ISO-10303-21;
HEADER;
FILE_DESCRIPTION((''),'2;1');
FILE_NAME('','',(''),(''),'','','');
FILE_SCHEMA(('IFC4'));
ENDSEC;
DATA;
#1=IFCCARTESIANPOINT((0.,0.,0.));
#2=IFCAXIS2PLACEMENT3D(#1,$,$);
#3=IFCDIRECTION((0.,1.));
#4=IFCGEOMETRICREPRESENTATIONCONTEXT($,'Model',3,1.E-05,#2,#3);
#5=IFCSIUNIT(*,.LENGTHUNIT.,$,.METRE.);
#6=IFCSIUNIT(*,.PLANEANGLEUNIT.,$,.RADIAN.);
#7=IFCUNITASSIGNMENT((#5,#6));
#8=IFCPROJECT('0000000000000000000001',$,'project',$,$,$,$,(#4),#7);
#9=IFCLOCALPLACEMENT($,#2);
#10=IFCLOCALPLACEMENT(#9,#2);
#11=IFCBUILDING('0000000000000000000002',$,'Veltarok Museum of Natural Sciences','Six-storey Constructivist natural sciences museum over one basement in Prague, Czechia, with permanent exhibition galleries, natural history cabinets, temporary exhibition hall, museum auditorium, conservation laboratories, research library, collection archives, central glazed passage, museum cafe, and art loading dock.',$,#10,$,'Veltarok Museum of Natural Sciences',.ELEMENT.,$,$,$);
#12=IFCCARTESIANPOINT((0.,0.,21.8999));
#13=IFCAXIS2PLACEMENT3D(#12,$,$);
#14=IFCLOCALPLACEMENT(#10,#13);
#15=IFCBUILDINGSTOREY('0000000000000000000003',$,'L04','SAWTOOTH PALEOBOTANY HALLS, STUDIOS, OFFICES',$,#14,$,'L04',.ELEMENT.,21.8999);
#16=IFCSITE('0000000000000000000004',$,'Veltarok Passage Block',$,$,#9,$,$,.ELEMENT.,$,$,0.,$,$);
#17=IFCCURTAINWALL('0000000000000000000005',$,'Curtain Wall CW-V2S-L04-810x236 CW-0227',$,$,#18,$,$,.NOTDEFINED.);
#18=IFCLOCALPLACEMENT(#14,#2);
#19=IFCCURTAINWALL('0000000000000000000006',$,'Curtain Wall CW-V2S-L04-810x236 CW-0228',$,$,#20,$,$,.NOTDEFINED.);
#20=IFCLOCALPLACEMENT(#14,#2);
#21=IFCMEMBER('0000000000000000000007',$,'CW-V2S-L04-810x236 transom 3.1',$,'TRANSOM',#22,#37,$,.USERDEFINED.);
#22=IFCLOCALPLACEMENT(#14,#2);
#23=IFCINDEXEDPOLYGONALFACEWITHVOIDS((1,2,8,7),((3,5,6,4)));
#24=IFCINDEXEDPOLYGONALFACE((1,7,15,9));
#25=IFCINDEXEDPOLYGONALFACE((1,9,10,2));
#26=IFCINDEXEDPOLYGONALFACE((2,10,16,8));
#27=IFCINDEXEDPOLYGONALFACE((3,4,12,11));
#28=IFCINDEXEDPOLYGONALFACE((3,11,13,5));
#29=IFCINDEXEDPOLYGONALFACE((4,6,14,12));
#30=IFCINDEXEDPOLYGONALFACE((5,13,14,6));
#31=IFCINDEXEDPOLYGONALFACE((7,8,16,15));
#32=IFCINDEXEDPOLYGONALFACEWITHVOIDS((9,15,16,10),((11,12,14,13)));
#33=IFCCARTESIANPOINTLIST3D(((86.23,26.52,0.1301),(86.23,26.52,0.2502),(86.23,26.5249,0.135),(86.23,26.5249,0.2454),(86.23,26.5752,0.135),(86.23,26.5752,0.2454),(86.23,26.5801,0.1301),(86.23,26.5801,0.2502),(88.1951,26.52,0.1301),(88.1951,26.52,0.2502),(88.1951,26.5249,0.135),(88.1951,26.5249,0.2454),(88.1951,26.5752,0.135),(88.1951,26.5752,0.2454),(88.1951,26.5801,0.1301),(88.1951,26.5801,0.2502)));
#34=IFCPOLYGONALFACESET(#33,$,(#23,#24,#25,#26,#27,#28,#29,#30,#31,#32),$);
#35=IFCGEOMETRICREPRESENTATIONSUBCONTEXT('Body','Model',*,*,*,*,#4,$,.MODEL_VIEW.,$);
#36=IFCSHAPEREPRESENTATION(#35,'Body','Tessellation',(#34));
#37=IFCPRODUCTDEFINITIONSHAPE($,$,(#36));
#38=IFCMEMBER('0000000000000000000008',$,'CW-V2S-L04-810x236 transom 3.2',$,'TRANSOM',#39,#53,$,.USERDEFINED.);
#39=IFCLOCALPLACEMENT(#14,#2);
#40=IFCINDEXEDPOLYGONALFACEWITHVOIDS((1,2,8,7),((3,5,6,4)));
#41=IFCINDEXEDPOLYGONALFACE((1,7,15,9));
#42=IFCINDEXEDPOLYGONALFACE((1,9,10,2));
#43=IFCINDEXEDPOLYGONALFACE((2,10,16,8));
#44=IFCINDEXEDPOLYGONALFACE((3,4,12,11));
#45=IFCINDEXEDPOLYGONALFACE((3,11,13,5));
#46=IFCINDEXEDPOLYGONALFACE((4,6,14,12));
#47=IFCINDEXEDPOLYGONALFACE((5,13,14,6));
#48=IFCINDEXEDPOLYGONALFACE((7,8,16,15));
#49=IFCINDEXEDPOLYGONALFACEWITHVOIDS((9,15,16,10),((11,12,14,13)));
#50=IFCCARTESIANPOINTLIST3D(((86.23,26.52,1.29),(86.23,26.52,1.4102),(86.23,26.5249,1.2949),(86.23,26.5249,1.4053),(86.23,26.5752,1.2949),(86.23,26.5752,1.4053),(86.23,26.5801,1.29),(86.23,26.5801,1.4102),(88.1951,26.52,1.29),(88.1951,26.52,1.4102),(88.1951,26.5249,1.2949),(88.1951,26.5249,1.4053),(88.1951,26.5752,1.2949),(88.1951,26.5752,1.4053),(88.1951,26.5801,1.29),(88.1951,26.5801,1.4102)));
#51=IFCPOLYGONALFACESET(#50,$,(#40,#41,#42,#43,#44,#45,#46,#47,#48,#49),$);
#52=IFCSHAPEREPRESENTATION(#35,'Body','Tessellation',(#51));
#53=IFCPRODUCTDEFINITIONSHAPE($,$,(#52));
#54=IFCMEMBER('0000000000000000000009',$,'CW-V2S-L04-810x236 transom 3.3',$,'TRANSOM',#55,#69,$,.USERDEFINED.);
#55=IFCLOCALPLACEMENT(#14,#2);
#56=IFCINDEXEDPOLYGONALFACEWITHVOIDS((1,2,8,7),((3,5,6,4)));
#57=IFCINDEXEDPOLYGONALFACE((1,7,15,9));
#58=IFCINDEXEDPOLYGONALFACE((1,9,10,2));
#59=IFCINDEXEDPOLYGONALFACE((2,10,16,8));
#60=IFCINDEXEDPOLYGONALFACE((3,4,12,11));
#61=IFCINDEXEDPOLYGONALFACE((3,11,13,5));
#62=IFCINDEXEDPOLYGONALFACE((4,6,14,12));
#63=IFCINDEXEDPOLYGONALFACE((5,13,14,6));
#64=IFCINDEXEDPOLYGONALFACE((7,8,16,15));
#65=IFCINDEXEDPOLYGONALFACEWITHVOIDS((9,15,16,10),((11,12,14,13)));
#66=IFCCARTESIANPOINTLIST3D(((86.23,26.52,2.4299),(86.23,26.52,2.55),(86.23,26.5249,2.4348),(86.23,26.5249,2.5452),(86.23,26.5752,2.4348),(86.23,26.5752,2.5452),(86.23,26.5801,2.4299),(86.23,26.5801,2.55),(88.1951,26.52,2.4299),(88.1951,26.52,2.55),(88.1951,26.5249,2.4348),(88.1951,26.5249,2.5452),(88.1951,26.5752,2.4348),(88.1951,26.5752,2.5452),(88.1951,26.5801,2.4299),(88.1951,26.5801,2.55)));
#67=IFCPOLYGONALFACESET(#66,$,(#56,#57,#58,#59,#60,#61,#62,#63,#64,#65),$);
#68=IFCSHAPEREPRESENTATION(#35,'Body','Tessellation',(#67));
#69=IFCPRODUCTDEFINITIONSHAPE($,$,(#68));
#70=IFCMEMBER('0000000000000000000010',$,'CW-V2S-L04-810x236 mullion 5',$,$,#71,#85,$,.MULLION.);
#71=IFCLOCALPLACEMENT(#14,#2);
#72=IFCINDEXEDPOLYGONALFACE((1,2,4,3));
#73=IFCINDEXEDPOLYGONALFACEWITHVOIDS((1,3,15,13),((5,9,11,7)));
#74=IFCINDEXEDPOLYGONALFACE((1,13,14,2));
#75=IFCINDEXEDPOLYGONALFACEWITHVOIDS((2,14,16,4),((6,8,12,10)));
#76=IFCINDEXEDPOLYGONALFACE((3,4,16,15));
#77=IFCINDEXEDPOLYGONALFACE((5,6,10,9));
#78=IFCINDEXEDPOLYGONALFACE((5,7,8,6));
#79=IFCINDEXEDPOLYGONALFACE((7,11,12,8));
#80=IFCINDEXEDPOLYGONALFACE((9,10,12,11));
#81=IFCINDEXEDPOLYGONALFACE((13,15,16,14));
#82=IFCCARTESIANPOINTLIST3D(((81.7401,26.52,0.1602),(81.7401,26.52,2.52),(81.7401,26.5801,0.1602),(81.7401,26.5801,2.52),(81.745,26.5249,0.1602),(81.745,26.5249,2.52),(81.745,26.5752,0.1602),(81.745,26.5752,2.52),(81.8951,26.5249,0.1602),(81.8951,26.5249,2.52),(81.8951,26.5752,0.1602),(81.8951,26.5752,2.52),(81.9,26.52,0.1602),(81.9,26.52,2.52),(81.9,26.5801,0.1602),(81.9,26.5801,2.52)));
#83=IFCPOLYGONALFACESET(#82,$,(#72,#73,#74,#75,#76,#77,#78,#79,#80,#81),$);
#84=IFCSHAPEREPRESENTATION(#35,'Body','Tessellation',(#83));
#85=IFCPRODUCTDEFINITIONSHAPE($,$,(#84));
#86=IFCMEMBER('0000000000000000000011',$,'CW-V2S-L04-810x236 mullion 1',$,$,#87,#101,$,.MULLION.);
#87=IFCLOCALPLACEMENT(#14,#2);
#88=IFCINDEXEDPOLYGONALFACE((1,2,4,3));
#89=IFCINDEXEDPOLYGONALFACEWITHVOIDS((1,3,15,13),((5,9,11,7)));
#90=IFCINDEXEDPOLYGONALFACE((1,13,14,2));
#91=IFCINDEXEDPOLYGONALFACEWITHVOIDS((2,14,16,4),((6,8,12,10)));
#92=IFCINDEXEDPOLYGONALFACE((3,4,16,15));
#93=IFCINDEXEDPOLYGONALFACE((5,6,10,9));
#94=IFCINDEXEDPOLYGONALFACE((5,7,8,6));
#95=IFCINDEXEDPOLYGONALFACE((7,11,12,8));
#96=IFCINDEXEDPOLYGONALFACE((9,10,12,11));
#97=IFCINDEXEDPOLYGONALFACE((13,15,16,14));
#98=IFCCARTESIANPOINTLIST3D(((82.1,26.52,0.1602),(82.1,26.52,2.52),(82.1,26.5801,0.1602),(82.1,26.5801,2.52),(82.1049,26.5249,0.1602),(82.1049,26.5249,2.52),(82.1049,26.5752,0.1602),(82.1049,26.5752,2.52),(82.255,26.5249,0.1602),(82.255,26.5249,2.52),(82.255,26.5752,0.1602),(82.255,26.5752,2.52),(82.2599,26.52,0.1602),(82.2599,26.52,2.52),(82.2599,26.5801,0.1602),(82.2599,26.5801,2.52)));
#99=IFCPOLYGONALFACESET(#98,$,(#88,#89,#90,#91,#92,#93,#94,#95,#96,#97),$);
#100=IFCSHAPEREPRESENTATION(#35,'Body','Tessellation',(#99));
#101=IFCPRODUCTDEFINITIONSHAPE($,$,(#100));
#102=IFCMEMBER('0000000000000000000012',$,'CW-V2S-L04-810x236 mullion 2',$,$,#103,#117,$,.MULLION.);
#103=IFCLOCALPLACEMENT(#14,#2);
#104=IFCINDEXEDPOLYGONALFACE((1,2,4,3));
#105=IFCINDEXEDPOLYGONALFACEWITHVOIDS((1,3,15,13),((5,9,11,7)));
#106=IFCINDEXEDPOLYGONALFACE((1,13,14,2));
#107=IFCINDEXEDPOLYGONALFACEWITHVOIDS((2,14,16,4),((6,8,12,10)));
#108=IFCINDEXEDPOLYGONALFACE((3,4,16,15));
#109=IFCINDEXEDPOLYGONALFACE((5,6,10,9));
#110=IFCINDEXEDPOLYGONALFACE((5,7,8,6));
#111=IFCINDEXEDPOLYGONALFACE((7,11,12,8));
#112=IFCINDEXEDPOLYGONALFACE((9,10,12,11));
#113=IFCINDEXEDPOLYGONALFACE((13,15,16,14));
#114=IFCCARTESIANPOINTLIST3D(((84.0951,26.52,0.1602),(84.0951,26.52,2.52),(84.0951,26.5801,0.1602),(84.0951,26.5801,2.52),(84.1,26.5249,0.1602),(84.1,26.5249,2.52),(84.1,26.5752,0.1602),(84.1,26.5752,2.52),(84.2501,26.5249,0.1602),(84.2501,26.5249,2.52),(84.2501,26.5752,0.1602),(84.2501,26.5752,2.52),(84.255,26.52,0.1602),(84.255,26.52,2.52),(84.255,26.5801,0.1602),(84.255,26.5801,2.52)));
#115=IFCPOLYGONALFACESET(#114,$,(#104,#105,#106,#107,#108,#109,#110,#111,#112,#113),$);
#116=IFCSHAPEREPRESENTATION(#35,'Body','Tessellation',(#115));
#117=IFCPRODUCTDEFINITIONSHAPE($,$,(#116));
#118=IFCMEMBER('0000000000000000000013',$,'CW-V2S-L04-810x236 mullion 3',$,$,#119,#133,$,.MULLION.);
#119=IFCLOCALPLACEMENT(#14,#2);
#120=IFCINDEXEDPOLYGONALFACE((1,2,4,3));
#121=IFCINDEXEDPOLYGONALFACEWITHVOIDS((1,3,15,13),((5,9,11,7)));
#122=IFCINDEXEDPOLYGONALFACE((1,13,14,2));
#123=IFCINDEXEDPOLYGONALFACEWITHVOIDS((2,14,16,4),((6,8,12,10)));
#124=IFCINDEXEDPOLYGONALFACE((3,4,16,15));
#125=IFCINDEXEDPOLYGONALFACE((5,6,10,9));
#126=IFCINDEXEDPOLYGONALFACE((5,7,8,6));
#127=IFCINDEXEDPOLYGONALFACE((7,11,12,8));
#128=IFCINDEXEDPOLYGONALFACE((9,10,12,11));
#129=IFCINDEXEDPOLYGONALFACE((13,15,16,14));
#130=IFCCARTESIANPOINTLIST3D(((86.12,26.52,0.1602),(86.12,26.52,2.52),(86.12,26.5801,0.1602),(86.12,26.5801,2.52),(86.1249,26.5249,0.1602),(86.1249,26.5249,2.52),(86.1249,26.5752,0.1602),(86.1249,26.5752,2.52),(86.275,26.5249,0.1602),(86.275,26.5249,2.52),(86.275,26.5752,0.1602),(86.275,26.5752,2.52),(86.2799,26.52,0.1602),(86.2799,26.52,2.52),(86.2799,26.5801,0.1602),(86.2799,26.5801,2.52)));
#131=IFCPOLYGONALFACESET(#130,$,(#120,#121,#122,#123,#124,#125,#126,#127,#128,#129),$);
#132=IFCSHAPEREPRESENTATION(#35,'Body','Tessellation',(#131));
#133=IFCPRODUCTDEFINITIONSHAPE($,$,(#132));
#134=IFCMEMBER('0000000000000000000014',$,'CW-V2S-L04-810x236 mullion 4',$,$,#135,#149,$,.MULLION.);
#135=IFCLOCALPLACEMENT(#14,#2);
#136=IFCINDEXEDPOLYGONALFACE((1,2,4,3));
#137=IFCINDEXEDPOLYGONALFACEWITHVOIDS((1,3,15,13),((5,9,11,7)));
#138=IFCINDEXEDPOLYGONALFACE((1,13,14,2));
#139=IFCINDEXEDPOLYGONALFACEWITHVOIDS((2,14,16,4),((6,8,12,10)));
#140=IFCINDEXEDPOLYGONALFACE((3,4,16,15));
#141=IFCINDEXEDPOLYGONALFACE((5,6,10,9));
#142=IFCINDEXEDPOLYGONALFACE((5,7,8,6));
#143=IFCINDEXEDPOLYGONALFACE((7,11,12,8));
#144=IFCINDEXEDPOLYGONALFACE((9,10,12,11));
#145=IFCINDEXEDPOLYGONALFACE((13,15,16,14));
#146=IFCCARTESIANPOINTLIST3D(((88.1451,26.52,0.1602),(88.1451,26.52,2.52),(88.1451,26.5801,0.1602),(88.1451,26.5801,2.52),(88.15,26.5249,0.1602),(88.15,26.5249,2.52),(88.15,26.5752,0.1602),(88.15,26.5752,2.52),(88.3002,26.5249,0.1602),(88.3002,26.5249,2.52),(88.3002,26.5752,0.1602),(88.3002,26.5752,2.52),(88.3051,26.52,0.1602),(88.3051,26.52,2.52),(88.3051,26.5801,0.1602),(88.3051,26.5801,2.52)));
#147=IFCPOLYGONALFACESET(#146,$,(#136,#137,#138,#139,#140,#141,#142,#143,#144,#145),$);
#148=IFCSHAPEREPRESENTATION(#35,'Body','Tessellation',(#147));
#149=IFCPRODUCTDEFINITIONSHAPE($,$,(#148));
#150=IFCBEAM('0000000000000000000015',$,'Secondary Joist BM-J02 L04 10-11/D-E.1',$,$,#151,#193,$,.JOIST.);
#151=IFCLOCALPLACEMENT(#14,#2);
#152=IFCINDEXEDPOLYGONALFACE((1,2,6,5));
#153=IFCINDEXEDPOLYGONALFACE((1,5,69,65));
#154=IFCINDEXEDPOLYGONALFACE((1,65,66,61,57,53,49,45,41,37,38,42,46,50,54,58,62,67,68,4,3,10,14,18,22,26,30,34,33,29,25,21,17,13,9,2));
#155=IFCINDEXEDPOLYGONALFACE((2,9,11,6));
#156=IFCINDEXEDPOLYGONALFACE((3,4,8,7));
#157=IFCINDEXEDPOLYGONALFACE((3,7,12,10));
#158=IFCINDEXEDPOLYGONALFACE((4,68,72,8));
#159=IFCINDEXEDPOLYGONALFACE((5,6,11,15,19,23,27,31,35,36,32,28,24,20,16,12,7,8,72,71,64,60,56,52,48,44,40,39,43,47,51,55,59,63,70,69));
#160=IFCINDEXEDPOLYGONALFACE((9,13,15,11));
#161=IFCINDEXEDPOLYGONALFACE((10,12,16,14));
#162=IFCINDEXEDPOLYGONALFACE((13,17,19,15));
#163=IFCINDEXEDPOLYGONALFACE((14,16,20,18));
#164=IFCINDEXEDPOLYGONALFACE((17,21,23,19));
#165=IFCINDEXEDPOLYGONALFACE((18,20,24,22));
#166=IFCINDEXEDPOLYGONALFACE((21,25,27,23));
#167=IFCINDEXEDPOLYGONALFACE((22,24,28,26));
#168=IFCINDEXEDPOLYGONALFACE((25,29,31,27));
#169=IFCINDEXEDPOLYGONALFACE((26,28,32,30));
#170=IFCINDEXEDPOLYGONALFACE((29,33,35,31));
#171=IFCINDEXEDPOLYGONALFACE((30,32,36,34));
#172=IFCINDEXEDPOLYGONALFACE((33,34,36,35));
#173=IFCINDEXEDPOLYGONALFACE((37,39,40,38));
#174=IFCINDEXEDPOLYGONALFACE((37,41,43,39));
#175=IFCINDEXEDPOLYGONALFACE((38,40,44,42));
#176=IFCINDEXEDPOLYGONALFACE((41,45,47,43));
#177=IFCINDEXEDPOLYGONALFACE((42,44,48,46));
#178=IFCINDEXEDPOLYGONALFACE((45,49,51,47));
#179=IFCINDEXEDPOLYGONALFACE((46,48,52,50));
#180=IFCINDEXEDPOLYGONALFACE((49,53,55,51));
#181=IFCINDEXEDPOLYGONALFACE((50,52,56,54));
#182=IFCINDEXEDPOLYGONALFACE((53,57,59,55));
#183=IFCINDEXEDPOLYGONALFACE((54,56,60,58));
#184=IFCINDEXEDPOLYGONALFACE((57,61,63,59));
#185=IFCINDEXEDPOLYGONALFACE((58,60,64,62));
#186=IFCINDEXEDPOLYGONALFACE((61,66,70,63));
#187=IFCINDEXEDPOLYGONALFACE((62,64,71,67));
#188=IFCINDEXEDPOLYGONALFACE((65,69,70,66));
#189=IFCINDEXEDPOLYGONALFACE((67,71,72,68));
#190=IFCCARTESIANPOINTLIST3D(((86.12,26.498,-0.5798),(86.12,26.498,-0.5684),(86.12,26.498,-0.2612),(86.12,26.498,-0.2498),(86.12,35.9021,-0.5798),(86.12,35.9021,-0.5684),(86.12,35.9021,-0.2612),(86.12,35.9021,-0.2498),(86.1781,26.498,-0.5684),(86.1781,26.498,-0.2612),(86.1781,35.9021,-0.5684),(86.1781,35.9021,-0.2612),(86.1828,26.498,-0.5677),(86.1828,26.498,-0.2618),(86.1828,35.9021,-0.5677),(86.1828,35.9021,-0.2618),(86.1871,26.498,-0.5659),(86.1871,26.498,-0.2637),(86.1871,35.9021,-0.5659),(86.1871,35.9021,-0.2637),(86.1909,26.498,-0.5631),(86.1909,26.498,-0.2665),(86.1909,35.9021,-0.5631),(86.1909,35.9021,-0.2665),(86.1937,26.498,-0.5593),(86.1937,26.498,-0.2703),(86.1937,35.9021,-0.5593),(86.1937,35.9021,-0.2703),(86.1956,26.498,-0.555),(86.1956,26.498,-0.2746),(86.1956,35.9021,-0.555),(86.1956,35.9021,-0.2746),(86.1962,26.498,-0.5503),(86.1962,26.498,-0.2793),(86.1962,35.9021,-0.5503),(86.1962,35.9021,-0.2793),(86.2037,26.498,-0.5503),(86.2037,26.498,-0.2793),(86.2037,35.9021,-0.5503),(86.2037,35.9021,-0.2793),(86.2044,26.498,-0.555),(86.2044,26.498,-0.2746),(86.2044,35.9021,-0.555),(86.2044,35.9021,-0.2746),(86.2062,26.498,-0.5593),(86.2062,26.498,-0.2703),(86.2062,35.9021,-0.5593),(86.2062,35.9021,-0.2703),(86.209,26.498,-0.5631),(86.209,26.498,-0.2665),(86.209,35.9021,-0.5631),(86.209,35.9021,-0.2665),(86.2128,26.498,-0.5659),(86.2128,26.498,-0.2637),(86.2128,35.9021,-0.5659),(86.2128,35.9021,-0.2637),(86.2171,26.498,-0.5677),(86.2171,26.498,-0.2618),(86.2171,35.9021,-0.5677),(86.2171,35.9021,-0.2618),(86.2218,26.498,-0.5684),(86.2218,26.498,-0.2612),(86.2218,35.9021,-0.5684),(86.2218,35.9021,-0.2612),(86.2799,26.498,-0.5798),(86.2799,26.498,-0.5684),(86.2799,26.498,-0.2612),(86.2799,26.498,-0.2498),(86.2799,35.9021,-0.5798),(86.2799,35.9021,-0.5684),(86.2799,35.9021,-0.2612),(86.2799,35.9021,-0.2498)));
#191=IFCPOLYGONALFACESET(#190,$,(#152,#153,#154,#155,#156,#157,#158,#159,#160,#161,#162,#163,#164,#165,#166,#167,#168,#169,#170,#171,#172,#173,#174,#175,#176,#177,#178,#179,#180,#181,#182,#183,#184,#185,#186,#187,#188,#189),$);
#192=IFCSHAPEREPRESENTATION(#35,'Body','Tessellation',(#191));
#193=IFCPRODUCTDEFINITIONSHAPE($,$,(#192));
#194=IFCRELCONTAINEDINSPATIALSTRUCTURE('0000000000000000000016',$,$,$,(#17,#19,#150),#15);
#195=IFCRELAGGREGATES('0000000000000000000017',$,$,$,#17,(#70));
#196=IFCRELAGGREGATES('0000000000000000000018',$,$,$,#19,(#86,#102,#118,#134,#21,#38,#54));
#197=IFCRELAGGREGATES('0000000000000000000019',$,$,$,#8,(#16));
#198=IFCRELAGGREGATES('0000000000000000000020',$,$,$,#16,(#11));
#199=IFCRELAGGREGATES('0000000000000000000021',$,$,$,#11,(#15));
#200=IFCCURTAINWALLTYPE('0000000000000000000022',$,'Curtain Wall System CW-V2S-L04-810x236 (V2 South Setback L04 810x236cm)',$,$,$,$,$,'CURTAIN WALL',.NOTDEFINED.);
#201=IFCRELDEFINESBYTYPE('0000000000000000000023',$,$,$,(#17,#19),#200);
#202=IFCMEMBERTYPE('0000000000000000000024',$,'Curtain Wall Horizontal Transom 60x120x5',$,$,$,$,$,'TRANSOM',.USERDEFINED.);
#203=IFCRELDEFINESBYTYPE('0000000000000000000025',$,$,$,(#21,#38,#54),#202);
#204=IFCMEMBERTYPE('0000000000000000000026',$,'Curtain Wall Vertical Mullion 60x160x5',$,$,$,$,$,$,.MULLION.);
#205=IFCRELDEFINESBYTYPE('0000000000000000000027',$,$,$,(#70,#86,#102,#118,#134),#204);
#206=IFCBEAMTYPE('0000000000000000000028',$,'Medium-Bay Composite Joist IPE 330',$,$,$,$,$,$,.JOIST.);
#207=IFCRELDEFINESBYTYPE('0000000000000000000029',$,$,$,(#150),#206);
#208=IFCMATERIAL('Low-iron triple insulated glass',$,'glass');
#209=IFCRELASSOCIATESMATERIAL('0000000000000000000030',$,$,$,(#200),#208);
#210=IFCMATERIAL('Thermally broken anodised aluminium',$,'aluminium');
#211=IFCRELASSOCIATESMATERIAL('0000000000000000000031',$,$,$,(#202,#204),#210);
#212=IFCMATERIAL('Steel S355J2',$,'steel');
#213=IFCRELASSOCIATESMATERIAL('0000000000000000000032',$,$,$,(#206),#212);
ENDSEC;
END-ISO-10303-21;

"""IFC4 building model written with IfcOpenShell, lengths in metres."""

from ifc_helpers import new_model, si_unit, direction, frame, origin, origin_2d, place, context, subcontext, project, spatial, hollow_rectangle, i_section, extrude, material, material_profile, profile_set, type_object, element, aggregate, save


model = new_model("IFC4")

# Units and contexts
model_context = context("Model", 3, precision=1e-05, world=origin(), true_north=direction((0.0, 1.0)))
body_context = subcontext(model_context, "Body", "Model", "MODEL_VIEW")
ifc_project = project(units=[si_unit("LENGTHUNIT", "METRE"), si_unit("PLANEANGLEUNIT", "RADIAN")], contexts=[model_context])

# Site, building, storey
site_placement = place(None, origin())
site = spatial("IfcSite", under=ifc_project, at=site_placement, Name="Veltarok Passage Block", CompositionType="ELEMENT", RefElevation=0.0)
building_placement = place(site_placement, origin())
building = spatial("IfcBuilding", under=site, at=building_placement, Name="Veltarok Museum of Natural Sciences", Description="Six-storey Constructivist natural sciences museum over one basement in Prague, Czechia, with permanent exhibition galleries, natural history cabinets, temporary exhibition hall, museum auditorium, conservation laboratories, research library, collection archives, central glazed passage, museum cafe, and art loading dock.", LongName="Veltarok Museum of Natural Sciences", CompositionType="ELEMENT")
storey_placement = place(building_placement, frame((0.0, 0.0, 21.8999)))
storey = spatial("IfcBuildingStorey", under=building, at=storey_placement, Name="L04", Description="SAWTOOTH PALEOBOTANY HALLS, STUDIOS, OFFICES", LongName="L04", CompositionType="ELEMENT", Elevation=21.8999)

# Shared definitions
ifc_material_1 = material(Name="Steel S355J2", Category="steel")

# Curtain walls, members
ifc_material_2 = material(Name="Low-iron triple insulated glass", Category="glass")
curtain_wall_type = type_object("IfcCurtainWallType", Name="Curtain Wall System CW-V2S-L04-810x236 (V2 South Setback L04 810x236cm)", ElementType="CURTAIN WALL", PredefinedType="NOTDEFINED", material=ifc_material_2)
curtain_wall_1_placement = place(storey_placement, origin())
curtain_wall_1 = element("IfcCurtainWall", 1, at=curtain_wall_1_placement, inside=storey, type_object=curtain_wall_type, Name="Curtain Wall CW-V2S-L04-810x236 CW-0227", PredefinedType="NOTDEFINED")
ifc_material_3 = material(Name="Thermally broken anodised aluminium", Category="aluminium")
ifc_material_profile_1 = material_profile(ifc_material_3, hollow_rectangle(XDim=0.0601, YDim=0.1201, WallThickness=0.0049, at=origin_2d()), Name="CW TRANSOM 60x120x5")
ifc_profile_set_1 = profile_set([ifc_material_profile_1], Name="Thermally broken anodised aluminium")
member_type_1 = type_object("IfcMemberType", Name="Curtain Wall Horizontal Transom 60x120x5", ElementType="TRANSOM", PredefinedType="USERDEFINED", material=ifc_profile_set_1)
curtain_wall_2_placement = place(storey_placement, origin())
curtain_wall_2 = element("IfcCurtainWall", 2, at=curtain_wall_2_placement, inside=storey, type_object=curtain_wall_type, Name="Curtain Wall CW-V2S-L04-810x236 CW-0228", PredefinedType="NOTDEFINED")
member_1_placement = place(storey_placement, frame((86.23, 26.55, 0.1902), z_axis=(1.0, 0.0, 0.0), x_axis=(0.0, 1.0, 0.0)))
member_1 = element("IfcMember", 3, at=member_1_placement, type_object=member_type_1, Name="CW-V2S-L04-810x236 transom 3.1", ObjectType="TRANSOM", PredefinedType="USERDEFINED", context=body_context, shape_type="SweptSolid", body=[
    extrude(hollow_rectangle(XDim=0.0601, YDim=0.1201, WallThickness=0.0049, at=origin_2d()), origin(), (0.0, 0.0, 1.0), 1.9651),
])
member_2_placement = place(storey_placement, frame((86.23, 26.55, 1.3501), z_axis=(1.0, 0.0, 0.0), x_axis=(0.0, 1.0, 0.0)))
member_2 = element("IfcMember", 4, at=member_2_placement, type_object=member_type_1, Name="CW-V2S-L04-810x236 transom 3.2", ObjectType="TRANSOM", PredefinedType="USERDEFINED", context=body_context, shape_type="SweptSolid", body=[
    extrude(hollow_rectangle(XDim=0.0601, YDim=0.1201, WallThickness=0.0049, at=origin_2d()), origin(), (0.0, 0.0, 1.0), 1.9651),
])
member_3_placement = place(storey_placement, frame((86.23, 26.55, 2.49), z_axis=(1.0, 0.0, 0.0), x_axis=(0.0, 1.0, 0.0)))
member_3 = element("IfcMember", 5, at=member_3_placement, type_object=member_type_1, Name="CW-V2S-L04-810x236 transom 3.3", ObjectType="TRANSOM", PredefinedType="USERDEFINED", context=body_context, shape_type="SweptSolid", body=[
    extrude(hollow_rectangle(XDim=0.0601, YDim=0.1201, WallThickness=0.0049, at=origin_2d()), origin(), (0.0, 0.0, 1.0), 1.9651),
])

# Members
ifc_material_profile_2 = material_profile(ifc_material_3, hollow_rectangle(XDim=0.0601, YDim=0.1599, WallThickness=0.0049, at=origin_2d()), Name="CW MULLION 60x160x5")
ifc_profile_set_2 = profile_set([ifc_material_profile_2], Name="Thermally broken anodised aluminium")
member_type_2 = type_object("IfcMemberType", Name="Curtain Wall Vertical Mullion 60x160x5", PredefinedType="MULLION", material=ifc_profile_set_2)
member_4_placement = place(storey_placement, frame((81.8201, 26.55, 0.1602), z_axis=(0.0, 0.0, 1.0), x_axis=(0.0, 1.0, 0.0)))
member_4 = element("IfcMember", 6, at=member_4_placement, type_object=member_type_2, Name="CW-V2S-L04-810x236 mullion 5", PredefinedType="MULLION", context=body_context, shape_type="SweptSolid", body=[
    extrude(hollow_rectangle(XDim=0.0601, YDim=0.1599, WallThickness=0.0049, at=origin_2d()), origin(), (0.0, 0.0, 1.0), 2.3599),
])
member_5_placement = place(storey_placement, frame((82.1799, 26.55, 0.1602), z_axis=(0.0, 0.0, 1.0), x_axis=(0.0, 1.0, 0.0)))
member_5 = element("IfcMember", 7, at=member_5_placement, type_object=member_type_2, Name="CW-V2S-L04-810x236 mullion 1", PredefinedType="MULLION", context=body_context, shape_type="SweptSolid", body=[
    extrude(hollow_rectangle(XDim=0.0601, YDim=0.1599, WallThickness=0.0049, at=origin_2d()), origin(), (0.0, 0.0, 1.0), 2.3599),
])
member_6_placement = place(storey_placement, frame((84.175, 26.55, 0.1602), z_axis=(0.0, 0.0, 1.0), x_axis=(0.0, 1.0, 0.0)))
member_6 = element("IfcMember", 8, at=member_6_placement, type_object=member_type_2, Name="CW-V2S-L04-810x236 mullion 2", PredefinedType="MULLION", context=body_context, shape_type="SweptSolid", body=[
    extrude(hollow_rectangle(XDim=0.0601, YDim=0.1599, WallThickness=0.0049, at=origin_2d()), origin(), (0.0, 0.0, 1.0), 2.3599),
])
member_7_placement = place(storey_placement, frame((86.2, 26.55, 0.1602), z_axis=(0.0, 0.0, 1.0), x_axis=(0.0, 1.0, 0.0)))
member_7 = element("IfcMember", 9, at=member_7_placement, type_object=member_type_2, Name="CW-V2S-L04-810x236 mullion 3", PredefinedType="MULLION", context=body_context, shape_type="SweptSolid", body=[
    extrude(hollow_rectangle(XDim=0.0601, YDim=0.1599, WallThickness=0.0049, at=origin_2d()), origin(), (0.0, 0.0, 1.0), 2.3599),
])
member_8_placement = place(storey_placement, frame((88.2251, 26.55, 0.1602), z_axis=(0.0, 0.0, 1.0), x_axis=(0.0, 1.0, 0.0)))
member_8 = element("IfcMember", 10, at=member_8_placement, type_object=member_type_2, Name="CW-V2S-L04-810x236 mullion 4", PredefinedType="MULLION", context=body_context, shape_type="SweptSolid", body=[
    extrude(hollow_rectangle(XDim=0.0601, YDim=0.1599, WallThickness=0.0049, at=origin_2d()), origin(), (0.0, 0.0, 1.0), 2.3599),
])

# Beam
ifc_material_profile_3 = material_profile(ifc_material_1, i_section(OverallWidth=0.1599, OverallDepth=0.3301, WebThickness=0.0076, FlangeThickness=0.0115, FilletRadius=0.0181, at=origin_2d()), Name="IPE 330")
ifc_profile_set_3 = profile_set([ifc_material_profile_3], Name="Steel S355J2")
beam_type_1 = type_object("IfcBeamType", Name="Medium-Bay Composite Joist IPE 330", PredefinedType="JOIST", material=ifc_profile_set_3)
beam_1_placement = place(storey_placement, frame((86.2, 26.498, -0.4148), z_axis=(0.0, 1.0, 0.0), x_axis=(-1.0, 0.0, 0.0)))
element("IfcBeam", 11, at=beam_1_placement, inside=storey, type_object=beam_type_1, Name="Secondary Joist BM-J02 L04 10-11/D-E.1", PredefinedType="JOIST", context=body_context, shape_type="SweptSolid", body=[
    extrude(i_section(OverallWidth=0.1599, OverallDepth=0.3301, WebThickness=0.0076, FlangeThickness=0.0115, FilletRadius=0.0181, at=origin_2d()), origin(), (0.0, 0.0, 1.0), 9.4041),
])

aggregate(curtain_wall_1, [member_4])
aggregate(curtain_wall_2, [member_5, member_6, member_7, member_8, member_1, member_2, member_3])

save(model, "model.ifc")
